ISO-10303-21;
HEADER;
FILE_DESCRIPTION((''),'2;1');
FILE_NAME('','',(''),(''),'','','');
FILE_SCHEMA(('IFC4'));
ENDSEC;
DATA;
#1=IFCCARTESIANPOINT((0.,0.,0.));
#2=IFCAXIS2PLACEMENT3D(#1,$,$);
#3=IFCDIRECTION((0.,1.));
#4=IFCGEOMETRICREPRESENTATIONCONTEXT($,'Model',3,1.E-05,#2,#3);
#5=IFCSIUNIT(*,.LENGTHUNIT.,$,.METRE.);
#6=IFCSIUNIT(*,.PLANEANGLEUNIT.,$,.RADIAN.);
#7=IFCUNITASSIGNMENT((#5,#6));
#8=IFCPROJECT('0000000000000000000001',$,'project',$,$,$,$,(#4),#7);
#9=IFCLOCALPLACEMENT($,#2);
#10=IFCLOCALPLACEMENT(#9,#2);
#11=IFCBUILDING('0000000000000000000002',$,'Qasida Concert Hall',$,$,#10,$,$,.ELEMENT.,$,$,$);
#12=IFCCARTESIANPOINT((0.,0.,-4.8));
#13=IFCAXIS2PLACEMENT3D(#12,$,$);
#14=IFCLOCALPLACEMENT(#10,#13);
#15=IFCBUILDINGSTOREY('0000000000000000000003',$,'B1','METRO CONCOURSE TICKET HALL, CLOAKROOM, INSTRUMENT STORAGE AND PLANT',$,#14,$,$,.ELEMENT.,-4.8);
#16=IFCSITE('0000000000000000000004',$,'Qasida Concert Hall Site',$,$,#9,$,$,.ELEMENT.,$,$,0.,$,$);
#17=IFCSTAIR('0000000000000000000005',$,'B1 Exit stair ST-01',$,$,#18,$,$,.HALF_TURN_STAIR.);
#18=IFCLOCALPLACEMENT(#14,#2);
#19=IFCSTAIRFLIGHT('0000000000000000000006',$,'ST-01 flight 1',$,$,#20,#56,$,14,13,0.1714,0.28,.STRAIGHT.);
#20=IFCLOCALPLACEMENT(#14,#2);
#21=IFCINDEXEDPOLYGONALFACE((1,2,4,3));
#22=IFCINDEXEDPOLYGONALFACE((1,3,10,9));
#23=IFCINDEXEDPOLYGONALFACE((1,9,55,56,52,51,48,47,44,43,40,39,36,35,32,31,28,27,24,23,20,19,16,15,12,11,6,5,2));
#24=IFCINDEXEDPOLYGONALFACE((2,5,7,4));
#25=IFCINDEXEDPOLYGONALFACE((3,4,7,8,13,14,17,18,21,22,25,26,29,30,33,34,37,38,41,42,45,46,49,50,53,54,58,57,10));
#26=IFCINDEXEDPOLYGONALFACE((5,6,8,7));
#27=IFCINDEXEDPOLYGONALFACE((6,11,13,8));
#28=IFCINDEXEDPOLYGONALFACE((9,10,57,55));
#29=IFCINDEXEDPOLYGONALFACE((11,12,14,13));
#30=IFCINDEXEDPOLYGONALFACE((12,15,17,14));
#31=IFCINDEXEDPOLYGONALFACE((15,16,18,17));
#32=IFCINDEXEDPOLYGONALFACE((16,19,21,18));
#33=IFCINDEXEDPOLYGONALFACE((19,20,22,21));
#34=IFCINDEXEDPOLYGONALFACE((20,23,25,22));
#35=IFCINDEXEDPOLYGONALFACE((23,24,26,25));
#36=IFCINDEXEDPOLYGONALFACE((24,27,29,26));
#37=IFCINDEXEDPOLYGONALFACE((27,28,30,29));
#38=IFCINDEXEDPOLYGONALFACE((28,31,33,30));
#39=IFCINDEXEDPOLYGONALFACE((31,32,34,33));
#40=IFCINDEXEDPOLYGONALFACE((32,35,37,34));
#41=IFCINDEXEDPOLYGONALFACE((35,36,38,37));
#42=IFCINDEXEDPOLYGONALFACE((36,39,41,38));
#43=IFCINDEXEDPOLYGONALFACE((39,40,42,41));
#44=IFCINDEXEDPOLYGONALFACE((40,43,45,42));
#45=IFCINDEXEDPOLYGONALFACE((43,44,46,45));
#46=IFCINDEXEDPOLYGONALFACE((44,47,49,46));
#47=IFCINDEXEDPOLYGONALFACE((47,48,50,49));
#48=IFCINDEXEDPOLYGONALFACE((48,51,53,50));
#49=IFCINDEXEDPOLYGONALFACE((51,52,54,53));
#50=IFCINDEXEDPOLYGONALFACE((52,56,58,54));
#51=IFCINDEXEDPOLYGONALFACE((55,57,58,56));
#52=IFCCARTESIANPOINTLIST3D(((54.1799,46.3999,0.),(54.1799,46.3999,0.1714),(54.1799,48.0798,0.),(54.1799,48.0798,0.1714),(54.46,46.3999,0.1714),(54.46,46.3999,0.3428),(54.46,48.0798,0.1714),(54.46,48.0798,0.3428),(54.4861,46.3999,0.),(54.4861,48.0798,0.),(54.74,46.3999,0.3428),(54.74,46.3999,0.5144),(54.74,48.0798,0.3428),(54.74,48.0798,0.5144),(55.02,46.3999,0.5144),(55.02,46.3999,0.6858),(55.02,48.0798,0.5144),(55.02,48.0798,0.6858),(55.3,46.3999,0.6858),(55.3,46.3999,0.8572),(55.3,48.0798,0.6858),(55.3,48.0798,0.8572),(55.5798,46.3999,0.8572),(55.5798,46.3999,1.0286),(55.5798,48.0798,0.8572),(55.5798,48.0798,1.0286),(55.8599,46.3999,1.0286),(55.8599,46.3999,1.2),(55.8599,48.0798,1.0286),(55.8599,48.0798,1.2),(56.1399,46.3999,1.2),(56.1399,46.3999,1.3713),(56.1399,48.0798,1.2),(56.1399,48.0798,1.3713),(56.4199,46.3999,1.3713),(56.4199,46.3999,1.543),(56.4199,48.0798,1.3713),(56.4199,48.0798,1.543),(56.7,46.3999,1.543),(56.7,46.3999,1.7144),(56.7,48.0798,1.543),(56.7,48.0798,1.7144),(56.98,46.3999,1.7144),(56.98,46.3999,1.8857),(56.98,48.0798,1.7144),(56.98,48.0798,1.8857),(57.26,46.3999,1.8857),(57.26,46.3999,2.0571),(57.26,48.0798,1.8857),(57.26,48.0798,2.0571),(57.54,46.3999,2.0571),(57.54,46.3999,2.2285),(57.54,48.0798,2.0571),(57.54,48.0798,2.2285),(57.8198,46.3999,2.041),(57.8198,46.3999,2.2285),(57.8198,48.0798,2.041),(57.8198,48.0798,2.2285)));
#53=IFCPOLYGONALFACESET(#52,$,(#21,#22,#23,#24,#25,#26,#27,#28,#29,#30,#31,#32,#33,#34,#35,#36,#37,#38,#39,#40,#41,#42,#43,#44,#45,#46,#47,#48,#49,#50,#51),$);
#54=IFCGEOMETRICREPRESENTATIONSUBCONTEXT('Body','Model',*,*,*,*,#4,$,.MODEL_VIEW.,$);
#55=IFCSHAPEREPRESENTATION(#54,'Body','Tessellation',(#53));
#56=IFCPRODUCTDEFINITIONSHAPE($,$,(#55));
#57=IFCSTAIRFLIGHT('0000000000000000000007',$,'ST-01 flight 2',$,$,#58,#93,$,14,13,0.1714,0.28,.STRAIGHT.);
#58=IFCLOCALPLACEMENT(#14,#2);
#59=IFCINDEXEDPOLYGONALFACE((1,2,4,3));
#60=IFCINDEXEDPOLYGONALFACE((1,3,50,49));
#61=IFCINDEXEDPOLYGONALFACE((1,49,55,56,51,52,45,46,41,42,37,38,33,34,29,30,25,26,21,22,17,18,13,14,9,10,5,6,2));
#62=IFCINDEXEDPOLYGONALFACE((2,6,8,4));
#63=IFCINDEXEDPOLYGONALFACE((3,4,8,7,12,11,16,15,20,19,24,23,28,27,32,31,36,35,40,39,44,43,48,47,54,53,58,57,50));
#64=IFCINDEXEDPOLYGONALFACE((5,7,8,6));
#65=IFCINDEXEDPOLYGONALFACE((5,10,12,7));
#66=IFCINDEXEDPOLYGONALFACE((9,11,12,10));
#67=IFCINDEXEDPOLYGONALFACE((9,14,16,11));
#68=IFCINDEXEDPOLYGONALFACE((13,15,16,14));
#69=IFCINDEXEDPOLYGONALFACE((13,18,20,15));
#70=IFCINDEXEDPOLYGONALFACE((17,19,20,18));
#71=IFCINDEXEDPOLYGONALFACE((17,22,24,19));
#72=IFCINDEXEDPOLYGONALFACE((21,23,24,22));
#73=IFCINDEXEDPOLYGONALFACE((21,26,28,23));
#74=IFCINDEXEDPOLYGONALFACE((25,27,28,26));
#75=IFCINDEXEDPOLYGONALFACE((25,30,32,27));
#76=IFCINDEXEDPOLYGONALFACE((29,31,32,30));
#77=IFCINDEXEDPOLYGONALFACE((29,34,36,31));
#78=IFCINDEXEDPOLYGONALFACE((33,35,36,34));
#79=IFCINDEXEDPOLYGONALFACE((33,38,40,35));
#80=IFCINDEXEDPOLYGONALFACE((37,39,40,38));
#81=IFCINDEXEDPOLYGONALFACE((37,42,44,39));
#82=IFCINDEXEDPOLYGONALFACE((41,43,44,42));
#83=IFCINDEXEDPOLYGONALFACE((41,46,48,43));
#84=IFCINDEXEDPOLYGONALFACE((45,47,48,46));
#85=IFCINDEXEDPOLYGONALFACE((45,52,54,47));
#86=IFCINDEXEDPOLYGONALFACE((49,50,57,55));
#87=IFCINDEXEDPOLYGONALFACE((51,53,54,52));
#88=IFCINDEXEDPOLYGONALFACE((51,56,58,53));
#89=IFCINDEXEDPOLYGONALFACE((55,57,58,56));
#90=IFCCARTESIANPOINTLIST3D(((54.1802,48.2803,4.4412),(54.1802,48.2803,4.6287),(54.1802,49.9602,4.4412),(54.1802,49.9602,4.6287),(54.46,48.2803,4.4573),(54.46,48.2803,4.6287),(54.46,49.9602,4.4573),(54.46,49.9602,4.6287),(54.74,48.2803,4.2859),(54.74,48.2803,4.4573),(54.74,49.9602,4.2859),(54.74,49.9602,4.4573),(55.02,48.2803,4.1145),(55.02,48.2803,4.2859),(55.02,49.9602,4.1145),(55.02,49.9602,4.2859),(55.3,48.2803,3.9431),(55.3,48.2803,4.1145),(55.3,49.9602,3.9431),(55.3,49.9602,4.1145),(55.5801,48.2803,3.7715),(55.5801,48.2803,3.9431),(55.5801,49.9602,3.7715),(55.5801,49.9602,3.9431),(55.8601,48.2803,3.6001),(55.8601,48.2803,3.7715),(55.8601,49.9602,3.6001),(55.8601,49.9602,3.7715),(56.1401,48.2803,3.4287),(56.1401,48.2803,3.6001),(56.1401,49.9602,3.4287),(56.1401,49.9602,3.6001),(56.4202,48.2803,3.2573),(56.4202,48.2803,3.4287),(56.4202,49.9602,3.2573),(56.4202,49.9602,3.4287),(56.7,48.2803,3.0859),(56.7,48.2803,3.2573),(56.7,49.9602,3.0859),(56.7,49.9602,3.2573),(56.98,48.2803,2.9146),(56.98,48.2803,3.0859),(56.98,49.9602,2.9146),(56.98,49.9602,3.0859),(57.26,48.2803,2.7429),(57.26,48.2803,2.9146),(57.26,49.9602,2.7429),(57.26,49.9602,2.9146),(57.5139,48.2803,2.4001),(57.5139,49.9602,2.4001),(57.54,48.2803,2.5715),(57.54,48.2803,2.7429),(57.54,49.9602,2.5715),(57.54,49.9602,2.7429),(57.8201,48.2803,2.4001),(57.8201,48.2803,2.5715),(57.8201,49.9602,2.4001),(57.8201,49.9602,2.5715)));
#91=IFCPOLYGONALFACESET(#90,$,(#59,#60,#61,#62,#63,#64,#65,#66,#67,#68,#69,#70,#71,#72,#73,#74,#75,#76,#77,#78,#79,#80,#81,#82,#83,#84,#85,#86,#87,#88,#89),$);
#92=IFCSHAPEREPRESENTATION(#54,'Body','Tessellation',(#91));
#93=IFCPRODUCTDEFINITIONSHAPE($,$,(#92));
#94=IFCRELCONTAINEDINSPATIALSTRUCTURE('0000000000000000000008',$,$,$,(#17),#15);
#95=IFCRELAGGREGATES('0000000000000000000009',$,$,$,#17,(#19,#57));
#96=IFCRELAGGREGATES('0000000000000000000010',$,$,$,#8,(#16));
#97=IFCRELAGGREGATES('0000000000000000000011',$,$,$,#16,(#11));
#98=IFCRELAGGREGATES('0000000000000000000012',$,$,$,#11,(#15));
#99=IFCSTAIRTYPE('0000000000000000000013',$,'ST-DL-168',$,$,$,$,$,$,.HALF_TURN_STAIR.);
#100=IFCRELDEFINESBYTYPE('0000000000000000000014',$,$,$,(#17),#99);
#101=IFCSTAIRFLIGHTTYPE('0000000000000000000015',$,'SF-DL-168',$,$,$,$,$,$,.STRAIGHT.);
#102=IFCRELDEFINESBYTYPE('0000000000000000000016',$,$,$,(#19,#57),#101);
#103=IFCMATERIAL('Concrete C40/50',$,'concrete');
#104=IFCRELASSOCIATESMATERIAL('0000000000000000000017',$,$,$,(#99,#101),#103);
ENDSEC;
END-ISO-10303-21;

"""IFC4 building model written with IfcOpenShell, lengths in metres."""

from ifc_helpers import new_model, si_unit, direction, frame, origin, place, context, subcontext, project, spatial, polyline, outline, extrude, material, type_object, element, aggregate, save


model = new_model("IFC4")

# Units and contexts
model_context = context("Model", 3, precision=1e-05, world=origin(), true_north=direction((0.0, 1.0)))
body_context = subcontext(model_context, "Body", "Model", "MODEL_VIEW")
ifc_project = project(units=[si_unit("LENGTHUNIT", "METRE"), si_unit("PLANEANGLEUNIT", "RADIAN")], contexts=[model_context])

# Site, building, storey
site_placement = place(None, origin())
site = spatial("IfcSite", under=ifc_project, at=site_placement, Name="Qasida Concert Hall Site", CompositionType="ELEMENT", RefElevation=0.0)
building_placement = place(site_placement, origin())
building = spatial("IfcBuilding", under=site, at=building_placement, Name="Qasida Concert Hall", CompositionType="ELEMENT")
storey_placement = place(building_placement, frame((0.0, 0.0, -4.8)))
storey = spatial("IfcBuildingStorey", under=building, at=storey_placement, Name="B1", Description="METRO CONCOURSE TICKET HALL, CLOAKROOM, INSTRUMENT STORAGE AND PLANT", CompositionType="ELEMENT", Elevation=-4.8)

# Shared definitions
ifc_material_1 = material(Name="Concrete C40/50", Category="concrete")

# Stair, stair flights
stair_type = type_object("IfcStairType", Name="ST-DL-168", PredefinedType="HALF_TURN_STAIR", material=ifc_material_1)
stair_placement = place(storey_placement, origin())
stair = element("IfcStair", 1, at=stair_placement, inside=storey, type_object=stair_type, Name="B1 Exit stair ST-01", PredefinedType="HALF_TURN_STAIR")
stair_flight_type = type_object("IfcStairFlightType", Name="SF-DL-168", PredefinedType="STRAIGHT", material=ifc_material_1)
stair_flight_1_placement = place(storey_placement, frame((54.1799, 47.24, 0.0), z_axis=(0.0, 0.0, 1.0), x_axis=(1.0, 0.0, 0.0)))
stair_flight_1 = element("IfcStairFlight", 2, at=stair_flight_1_placement, type_object=stair_flight_type, Name="ST-01 flight 1", NumberOfRisers=14, NumberOfTreads=13, PredefinedType="STRAIGHT", RiserHeight=0.1714, TreadLength=0.28, context=body_context, shape_type="SweptSolid", body=[
    extrude(outline(polyline([(0.0, 0.0), (0.0, 0.1714), (0.28, 0.1714), (0.28, 0.3428), (0.5601, 0.3428), (0.5601, 0.5144), (0.8401, 0.5144), (0.8401, 0.6858), (1.1201, 0.6858), (1.1201, 0.8572), (1.3999, 0.8572), (1.3999, 1.0286), (1.6799, 1.0286), (1.6799, 1.2), (1.96, 1.2), (1.96, 1.3713), (2.24, 1.3713), (2.24, 1.543), (2.52, 1.543), (2.52, 1.7144), (2.8, 1.7144), (2.8, 1.8857), (3.0801, 1.8857), (3.0801, 2.0571), (3.3601, 2.0571), (3.3601, 2.2285), (3.6399, 2.2285), (3.6399, 2.3999), (3.6399, 2.041), (0.3062, 0.0), (0.0, 0.0)])), frame((0.0, 0.8398, 0.0), z_axis=(0.0, -1.0, 0.0), x_axis=(1.0, 0.0, 0.0)), (0.0, 0.0, 1.0), 1.6799),
])
stair_flight_2_placement = place(storey_placement, frame((57.8201, 49.1201, 2.4001), z_axis=(0.0, 0.0, 1.0), x_axis=(-1.0, 0.0, 0.0)))
stair_flight_2 = element("IfcStairFlight", 3, at=stair_flight_2_placement, type_object=stair_flight_type, Name="ST-01 flight 2", NumberOfRisers=14, NumberOfTreads=13, PredefinedType="STRAIGHT", RiserHeight=0.1714, TreadLength=0.28, context=body_context, shape_type="SweptSolid", body=[
    extrude(outline(polyline([(0.0, 0.0), (0.0, 0.1714), (0.28, 0.1714), (0.28, 0.3428), (0.5601, 0.3428), (0.5601, 0.5144), (0.8401, 0.5144), (0.8401, 0.6858), (1.1201, 0.6858), (1.1201, 0.8572), (1.3999, 0.8572), (1.3999, 1.0286), (1.6799, 1.0286), (1.6799, 1.2), (1.96, 1.2), (1.96, 1.3713), (2.24, 1.3713), (2.24, 1.543), (2.52, 1.543), (2.52, 1.7144), (2.8, 1.7144), (2.8, 1.8857), (3.0801, 1.8857), (3.0801, 2.0571), (3.3601, 2.0571), (3.3601, 2.2285), (3.6399, 2.2285), (3.6399, 2.3999), (3.6399, 2.041), (0.3062, 0.0), (0.0, 0.0)])), frame((0.0, 0.8398, 0.0), z_axis=(0.0, -1.0, 0.0), x_axis=(1.0, 0.0, 0.0)), (0.0, 0.0, 1.0), 1.6799),
])
aggregate(stair, [stair_flight_1, stair_flight_2])

save(model, "model.ifc")
